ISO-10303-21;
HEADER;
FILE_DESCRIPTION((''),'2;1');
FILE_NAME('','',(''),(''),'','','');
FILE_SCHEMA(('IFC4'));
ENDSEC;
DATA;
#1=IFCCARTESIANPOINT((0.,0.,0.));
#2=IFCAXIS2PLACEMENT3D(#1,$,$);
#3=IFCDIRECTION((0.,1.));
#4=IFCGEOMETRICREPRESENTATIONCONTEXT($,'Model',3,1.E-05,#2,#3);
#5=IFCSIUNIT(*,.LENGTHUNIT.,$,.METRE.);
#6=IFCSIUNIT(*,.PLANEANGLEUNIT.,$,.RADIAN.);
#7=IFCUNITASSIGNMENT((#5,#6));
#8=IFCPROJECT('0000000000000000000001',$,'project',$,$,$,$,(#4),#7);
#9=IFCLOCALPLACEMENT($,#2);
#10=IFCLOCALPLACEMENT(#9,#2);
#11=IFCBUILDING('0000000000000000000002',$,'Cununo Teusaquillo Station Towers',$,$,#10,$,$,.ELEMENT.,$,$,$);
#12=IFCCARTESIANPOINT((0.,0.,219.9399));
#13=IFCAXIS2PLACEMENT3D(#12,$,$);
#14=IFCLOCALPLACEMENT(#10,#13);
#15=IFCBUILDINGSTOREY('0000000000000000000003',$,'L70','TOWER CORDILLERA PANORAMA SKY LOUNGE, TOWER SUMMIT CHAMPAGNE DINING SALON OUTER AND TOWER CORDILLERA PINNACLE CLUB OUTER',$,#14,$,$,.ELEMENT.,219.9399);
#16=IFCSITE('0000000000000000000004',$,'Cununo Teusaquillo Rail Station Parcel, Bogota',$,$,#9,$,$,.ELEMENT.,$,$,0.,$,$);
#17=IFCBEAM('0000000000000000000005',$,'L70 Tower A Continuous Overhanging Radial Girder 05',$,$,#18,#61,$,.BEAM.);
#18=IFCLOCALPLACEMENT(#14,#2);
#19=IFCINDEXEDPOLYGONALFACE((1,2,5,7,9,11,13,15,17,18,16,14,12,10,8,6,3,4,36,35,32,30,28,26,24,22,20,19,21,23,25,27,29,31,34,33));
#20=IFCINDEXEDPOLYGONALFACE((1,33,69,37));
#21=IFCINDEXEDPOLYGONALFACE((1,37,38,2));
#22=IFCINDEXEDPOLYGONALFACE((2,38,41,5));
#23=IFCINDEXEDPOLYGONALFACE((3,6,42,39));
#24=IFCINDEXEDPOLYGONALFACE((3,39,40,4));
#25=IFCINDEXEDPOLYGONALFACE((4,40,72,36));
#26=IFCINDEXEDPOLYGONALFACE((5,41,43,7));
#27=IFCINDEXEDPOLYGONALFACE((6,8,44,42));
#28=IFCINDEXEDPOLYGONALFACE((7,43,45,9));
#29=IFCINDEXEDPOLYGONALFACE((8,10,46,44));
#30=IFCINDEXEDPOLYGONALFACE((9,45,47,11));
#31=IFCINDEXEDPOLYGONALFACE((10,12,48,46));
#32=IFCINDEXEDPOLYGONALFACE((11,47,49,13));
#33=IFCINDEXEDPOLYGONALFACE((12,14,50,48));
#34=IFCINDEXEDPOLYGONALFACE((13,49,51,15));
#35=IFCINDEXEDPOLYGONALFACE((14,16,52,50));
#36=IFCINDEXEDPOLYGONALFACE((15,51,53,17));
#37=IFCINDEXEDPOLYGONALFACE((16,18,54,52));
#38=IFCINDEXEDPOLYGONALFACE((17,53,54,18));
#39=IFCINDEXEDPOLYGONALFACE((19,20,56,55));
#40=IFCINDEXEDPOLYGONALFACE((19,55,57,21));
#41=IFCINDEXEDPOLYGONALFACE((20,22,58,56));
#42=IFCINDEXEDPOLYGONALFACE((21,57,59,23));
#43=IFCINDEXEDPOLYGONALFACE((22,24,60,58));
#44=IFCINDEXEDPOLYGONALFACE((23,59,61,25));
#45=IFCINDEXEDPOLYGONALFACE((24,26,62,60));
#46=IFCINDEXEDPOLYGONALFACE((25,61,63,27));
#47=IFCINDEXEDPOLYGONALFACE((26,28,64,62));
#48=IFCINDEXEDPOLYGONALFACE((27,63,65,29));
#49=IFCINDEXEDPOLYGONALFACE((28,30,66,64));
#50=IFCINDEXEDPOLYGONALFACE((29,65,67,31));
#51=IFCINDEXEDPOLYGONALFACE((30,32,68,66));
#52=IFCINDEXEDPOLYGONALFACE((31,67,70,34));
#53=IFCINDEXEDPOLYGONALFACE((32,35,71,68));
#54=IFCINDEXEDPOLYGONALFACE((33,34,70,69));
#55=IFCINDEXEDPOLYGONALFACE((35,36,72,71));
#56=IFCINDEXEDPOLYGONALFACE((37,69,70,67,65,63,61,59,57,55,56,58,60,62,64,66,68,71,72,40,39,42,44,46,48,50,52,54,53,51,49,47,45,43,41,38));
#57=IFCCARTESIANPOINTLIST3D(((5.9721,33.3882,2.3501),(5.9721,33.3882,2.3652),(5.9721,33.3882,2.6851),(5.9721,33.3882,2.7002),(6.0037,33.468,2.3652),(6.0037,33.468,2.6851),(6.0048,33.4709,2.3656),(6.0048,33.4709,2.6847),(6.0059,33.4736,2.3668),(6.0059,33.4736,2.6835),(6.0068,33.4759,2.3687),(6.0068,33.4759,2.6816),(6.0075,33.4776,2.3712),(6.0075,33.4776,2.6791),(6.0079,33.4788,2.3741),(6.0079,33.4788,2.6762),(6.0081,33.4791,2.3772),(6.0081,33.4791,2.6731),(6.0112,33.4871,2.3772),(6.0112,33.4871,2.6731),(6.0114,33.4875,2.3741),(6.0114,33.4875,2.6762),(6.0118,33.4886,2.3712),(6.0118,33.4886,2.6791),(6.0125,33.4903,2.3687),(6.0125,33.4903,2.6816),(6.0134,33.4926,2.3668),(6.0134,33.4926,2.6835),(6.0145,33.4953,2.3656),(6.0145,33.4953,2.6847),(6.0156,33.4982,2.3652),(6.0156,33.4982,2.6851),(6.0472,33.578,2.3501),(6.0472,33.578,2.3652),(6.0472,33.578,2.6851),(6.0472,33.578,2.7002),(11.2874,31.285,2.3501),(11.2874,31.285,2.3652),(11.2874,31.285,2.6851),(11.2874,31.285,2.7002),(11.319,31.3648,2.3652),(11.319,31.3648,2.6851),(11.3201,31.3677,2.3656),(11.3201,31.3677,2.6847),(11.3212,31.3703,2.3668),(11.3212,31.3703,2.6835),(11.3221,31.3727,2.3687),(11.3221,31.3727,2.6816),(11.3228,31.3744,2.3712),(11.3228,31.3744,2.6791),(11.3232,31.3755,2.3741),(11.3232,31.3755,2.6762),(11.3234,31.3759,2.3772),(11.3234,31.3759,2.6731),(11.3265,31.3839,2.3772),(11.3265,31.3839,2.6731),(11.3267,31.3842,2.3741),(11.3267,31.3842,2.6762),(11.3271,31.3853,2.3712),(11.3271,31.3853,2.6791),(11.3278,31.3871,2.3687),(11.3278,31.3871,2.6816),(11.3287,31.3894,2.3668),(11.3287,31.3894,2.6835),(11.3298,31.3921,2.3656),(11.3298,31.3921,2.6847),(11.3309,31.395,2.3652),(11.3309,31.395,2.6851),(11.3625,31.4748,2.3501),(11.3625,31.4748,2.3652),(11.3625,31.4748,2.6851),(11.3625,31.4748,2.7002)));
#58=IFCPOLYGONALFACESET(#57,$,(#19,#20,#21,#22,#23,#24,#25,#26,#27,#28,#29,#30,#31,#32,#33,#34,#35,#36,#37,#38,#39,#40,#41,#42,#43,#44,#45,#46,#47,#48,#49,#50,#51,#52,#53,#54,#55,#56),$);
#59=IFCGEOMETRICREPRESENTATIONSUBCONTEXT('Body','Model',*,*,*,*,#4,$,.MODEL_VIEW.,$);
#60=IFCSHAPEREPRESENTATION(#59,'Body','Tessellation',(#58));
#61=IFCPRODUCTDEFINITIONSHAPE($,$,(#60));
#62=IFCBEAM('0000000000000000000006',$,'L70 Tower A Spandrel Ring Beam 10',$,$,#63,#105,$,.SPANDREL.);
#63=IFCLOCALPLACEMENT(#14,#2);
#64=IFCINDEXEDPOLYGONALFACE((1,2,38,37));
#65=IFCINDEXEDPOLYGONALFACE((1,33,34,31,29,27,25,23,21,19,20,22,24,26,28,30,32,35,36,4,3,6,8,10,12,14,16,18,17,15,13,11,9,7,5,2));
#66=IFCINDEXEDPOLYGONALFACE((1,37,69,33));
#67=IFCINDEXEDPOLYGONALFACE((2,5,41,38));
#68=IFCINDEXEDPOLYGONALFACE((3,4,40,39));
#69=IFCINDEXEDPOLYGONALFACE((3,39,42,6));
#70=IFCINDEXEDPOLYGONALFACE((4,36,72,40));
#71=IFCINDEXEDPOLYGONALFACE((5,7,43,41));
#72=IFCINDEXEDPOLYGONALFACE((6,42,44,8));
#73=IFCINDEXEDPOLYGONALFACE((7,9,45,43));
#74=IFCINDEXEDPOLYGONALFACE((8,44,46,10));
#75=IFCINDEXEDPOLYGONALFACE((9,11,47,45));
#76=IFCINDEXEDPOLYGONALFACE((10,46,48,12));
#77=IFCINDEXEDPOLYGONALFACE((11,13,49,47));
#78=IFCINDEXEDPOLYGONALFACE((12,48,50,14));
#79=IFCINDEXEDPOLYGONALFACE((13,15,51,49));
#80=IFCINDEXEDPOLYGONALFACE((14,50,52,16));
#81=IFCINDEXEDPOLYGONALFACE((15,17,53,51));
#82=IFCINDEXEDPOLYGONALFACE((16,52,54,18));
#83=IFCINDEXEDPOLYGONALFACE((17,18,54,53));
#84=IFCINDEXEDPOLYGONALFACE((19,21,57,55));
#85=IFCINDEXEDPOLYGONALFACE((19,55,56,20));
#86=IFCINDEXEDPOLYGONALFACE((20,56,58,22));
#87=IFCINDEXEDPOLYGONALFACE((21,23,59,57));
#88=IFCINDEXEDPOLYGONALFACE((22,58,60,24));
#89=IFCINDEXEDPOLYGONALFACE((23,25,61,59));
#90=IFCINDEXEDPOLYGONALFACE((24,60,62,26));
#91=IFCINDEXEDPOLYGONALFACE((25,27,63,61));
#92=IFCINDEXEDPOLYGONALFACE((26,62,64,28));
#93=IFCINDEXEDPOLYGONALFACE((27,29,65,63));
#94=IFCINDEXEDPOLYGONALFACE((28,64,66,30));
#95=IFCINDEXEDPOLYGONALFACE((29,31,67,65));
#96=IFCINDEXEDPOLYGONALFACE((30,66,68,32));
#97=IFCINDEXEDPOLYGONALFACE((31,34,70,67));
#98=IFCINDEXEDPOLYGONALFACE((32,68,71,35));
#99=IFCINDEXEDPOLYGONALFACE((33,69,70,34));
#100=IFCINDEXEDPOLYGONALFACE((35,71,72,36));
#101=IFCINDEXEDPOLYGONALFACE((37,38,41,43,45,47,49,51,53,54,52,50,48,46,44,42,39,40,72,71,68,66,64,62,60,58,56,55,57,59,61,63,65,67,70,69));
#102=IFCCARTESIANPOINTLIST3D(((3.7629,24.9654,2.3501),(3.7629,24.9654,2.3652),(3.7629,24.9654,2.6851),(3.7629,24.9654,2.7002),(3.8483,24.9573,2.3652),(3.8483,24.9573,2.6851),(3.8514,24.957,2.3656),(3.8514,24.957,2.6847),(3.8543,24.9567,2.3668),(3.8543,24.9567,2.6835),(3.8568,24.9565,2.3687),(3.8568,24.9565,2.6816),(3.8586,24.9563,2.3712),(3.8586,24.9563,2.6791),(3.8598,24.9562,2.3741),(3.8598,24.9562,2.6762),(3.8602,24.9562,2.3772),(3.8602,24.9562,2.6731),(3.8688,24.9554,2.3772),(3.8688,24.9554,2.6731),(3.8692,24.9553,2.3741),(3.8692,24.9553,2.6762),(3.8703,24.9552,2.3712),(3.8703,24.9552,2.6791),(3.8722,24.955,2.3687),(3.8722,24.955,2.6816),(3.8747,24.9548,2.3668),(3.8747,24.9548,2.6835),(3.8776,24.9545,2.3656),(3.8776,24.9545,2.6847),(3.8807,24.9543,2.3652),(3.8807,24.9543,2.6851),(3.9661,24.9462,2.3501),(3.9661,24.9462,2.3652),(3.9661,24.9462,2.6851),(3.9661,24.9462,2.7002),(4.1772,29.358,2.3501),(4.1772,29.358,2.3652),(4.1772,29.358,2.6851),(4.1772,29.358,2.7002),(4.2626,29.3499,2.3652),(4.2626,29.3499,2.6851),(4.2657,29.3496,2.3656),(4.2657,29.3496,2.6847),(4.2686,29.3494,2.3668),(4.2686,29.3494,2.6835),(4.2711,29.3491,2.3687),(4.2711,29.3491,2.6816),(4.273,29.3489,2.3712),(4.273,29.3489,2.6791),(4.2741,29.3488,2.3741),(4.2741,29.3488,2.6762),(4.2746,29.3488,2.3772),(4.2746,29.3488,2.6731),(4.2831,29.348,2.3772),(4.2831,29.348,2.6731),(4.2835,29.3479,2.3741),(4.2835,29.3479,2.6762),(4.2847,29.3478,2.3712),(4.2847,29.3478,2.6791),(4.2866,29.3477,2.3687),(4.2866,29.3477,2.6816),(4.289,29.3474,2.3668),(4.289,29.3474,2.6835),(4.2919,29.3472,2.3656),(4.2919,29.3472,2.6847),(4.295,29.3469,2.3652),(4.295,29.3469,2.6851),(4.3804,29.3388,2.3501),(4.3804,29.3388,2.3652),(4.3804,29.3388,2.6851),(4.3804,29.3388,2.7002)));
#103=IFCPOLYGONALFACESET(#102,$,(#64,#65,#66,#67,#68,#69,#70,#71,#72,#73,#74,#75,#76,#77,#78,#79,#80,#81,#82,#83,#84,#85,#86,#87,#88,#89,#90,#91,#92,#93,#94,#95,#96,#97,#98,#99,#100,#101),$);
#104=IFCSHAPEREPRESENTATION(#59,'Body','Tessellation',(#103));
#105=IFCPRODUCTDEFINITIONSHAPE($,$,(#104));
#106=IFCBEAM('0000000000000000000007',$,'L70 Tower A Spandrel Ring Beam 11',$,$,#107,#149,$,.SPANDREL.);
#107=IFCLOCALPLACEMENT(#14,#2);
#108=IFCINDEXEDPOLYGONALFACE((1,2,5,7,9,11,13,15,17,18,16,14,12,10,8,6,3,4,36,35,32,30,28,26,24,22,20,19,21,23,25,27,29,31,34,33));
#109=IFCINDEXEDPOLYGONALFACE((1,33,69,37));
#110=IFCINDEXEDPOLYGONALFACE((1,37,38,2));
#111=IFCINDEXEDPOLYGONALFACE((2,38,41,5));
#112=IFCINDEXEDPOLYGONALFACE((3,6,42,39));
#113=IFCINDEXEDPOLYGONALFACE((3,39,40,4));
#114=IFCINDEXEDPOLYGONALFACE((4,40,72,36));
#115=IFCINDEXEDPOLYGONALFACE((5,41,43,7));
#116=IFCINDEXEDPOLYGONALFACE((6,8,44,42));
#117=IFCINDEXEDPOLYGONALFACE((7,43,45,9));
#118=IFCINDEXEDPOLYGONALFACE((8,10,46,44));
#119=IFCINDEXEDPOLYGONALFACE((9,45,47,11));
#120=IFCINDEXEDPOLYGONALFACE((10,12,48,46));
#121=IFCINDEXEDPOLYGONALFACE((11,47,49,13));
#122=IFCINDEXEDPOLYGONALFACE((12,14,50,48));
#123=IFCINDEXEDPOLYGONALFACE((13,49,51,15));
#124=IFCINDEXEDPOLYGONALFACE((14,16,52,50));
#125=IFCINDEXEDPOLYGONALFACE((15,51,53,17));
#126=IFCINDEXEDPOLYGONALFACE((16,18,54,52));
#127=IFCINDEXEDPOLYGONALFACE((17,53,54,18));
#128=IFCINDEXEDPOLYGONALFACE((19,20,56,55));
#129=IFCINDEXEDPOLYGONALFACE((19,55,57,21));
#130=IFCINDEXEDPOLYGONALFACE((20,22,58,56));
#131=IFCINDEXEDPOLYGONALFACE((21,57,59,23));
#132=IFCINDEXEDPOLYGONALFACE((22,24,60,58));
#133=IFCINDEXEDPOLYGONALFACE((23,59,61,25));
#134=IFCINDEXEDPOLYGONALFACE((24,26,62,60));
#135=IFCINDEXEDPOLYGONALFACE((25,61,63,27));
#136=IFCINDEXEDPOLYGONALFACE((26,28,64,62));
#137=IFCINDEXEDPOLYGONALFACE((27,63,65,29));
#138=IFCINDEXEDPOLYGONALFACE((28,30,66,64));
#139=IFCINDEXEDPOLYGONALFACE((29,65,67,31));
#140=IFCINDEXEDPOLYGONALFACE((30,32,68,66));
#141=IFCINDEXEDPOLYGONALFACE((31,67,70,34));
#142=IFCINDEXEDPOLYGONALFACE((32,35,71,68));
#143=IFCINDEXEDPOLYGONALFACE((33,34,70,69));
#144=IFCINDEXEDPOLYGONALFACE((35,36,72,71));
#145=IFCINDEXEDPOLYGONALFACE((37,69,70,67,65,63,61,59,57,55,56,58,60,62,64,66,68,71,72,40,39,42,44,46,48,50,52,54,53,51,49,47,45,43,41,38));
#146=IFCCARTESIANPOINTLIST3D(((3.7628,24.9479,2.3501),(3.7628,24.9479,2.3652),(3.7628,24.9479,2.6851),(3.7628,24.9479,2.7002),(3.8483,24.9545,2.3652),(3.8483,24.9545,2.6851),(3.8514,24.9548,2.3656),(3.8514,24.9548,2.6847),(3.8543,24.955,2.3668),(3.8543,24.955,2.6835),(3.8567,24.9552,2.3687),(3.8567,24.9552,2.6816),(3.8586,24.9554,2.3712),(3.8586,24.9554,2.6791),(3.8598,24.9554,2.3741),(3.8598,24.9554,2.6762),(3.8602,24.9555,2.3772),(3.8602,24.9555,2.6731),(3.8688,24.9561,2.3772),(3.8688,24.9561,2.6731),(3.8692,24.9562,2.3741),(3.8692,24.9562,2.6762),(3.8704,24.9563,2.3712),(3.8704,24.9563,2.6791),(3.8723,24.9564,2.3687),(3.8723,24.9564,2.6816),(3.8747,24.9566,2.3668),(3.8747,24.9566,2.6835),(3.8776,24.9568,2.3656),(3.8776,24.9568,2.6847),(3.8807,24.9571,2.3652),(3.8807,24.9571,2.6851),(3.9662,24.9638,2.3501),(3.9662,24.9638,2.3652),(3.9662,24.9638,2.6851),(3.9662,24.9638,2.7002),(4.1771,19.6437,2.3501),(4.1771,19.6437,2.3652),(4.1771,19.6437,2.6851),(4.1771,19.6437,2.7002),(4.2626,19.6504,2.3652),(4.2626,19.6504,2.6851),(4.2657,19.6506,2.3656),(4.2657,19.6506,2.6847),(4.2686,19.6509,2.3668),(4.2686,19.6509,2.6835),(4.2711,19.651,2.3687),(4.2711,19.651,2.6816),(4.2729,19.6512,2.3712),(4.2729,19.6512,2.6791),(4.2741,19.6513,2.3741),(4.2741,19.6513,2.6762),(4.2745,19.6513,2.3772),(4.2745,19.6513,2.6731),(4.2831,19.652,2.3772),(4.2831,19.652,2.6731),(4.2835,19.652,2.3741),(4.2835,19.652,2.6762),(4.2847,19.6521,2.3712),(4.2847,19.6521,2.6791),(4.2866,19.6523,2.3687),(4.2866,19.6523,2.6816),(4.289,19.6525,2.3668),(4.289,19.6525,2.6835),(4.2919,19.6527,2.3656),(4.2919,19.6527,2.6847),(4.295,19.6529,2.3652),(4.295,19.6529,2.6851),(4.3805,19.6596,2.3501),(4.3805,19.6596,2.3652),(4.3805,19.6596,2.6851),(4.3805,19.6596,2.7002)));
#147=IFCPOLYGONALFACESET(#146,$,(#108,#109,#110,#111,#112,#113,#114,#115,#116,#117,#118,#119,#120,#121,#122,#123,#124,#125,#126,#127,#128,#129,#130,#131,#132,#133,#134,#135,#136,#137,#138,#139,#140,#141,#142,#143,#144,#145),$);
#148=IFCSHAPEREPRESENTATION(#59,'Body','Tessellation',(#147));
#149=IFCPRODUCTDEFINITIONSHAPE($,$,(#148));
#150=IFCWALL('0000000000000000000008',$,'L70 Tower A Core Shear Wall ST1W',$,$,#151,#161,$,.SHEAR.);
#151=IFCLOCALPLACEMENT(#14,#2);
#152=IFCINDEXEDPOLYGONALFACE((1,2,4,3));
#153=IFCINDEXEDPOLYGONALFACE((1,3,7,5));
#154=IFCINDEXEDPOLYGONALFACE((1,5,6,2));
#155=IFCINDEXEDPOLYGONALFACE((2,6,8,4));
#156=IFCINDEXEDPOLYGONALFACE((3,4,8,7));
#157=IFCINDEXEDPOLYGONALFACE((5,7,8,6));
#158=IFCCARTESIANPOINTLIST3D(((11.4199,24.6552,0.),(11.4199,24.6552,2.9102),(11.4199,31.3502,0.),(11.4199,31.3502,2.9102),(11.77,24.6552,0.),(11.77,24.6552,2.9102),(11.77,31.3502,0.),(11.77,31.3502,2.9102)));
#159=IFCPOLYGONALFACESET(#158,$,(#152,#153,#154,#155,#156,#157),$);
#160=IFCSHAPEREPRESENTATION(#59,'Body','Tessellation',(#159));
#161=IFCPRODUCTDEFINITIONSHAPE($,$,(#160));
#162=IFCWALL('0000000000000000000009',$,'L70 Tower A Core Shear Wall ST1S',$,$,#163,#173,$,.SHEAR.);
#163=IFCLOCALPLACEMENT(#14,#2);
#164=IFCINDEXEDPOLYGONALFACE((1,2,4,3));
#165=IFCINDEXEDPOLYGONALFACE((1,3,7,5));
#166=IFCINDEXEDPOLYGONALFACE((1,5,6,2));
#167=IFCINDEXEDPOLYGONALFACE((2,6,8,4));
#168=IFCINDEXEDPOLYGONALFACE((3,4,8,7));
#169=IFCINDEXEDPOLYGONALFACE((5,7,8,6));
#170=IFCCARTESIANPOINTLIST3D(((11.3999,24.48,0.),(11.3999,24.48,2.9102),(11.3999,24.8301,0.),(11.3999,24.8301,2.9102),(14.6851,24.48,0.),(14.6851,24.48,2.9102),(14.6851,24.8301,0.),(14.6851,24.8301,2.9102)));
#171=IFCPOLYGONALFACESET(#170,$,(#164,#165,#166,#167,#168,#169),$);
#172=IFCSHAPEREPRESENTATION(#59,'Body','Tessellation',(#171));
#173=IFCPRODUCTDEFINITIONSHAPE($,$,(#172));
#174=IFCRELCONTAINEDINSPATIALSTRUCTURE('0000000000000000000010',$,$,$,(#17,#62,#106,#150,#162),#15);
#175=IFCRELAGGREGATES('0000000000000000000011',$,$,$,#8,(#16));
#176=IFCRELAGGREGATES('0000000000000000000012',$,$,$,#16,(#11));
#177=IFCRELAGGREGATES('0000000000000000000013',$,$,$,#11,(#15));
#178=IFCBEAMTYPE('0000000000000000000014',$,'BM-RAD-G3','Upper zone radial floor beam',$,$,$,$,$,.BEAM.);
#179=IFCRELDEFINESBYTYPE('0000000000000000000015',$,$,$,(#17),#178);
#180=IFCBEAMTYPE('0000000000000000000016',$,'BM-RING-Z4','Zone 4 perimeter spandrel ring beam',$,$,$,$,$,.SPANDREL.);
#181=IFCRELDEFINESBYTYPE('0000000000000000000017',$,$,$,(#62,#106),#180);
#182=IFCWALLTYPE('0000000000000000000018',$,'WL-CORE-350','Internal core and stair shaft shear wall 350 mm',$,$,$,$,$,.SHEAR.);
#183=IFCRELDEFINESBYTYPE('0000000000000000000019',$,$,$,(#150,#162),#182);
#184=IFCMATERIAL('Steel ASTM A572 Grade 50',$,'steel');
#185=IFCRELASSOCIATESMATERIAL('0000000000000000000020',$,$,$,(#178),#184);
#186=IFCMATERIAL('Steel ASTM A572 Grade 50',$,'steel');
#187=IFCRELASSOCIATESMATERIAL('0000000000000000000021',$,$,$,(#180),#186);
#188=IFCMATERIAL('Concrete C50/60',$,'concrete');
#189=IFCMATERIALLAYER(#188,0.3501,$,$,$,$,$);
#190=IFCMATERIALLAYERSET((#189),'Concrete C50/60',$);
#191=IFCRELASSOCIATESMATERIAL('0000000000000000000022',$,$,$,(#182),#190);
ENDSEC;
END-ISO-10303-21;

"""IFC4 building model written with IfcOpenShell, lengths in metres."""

from ifc_helpers import new_model, si_unit, direction, frame, frame_2d, origin, origin_2d, place, context, subcontext, project, spatial, rectangle, i_section, extrude, material, layer, layer_set, material_profile, profile_set, type_object, element, save


model = new_model("IFC4")

# Units and contexts
model_context = context("Model", 3, precision=1e-05, world=origin(), true_north=direction((0.0, 1.0)))
body_context = subcontext(model_context, "Body", "Model", "MODEL_VIEW")
ifc_project = project(units=[si_unit("LENGTHUNIT", "METRE"), si_unit("PLANEANGLEUNIT", "RADIAN")], contexts=[model_context])

# Site, building, storey
site_placement = place(None, origin())
site = spatial("IfcSite", under=ifc_project, at=site_placement, Name="Cununo Teusaquillo Rail Station Parcel, Bogota", CompositionType="ELEMENT", RefElevation=0.0)
building_placement = place(site_placement, origin())
building = spatial("IfcBuilding", under=site, at=building_placement, Name="Cununo Teusaquillo Station Towers", CompositionType="ELEMENT")
storey_placement = place(building_placement, frame((0.0, 0.0, 219.9399)))
storey = spatial("IfcBuildingStorey", under=building, at=storey_placement, Name="L70", Description="TOWER CORDILLERA PANORAMA SKY LOUNGE, TOWER SUMMIT CHAMPAGNE DINING SALON OUTER AND TOWER CORDILLERA PINNACLE CLUB OUTER", CompositionType="ELEMENT", Elevation=219.9399)

# Beams
ifc_material_1 = material(Name="Steel ASTM A572 Grade 50", Category="steel")
ifc_material_profile_1 = material_profile(ifc_material_1, i_section(OverallWidth=0.2041, OverallDepth=0.3501, WebThickness=0.0085, FlangeThickness=0.0151, FilletRadius=0.012, at=origin_2d()), Name="W14X48")
ifc_profile_set_1 = profile_set([ifc_material_profile_1], Name="Steel ASTM A572 Grade 50")
beam_type_1 = type_object("IfcBeamType", Name="BM-RAD-G3", Description="Upper zone radial floor beam", PredefinedType="BEAM", material=ifc_profile_set_1)
beam_1_placement = place(storey_placement, frame((11.325, 31.3799, 2.5251), z_axis=(-0.929852, 0.367935, 0.0), x_axis=(-0.367935, -0.929852, 0.0)))
element("IfcBeam", 1, at=beam_1_placement, inside=storey, type_object=beam_type_1, Name="L70 Tower A Continuous Overhanging Radial Girder 05", PredefinedType="BEAM", context=body_context, shape_type="SweptSolid", body=[
    extrude(i_section(OverallWidth=0.2041, OverallDepth=0.3501, WebThickness=0.0085, FlangeThickness=0.0151, FilletRadius=0.012, at=origin_2d()), origin(), (0.0, 0.0, 1.0), 5.7163),
])
ifc_material_2 = material(Name="Steel ASTM A572 Grade 50", Category="steel")
ifc_material_profile_2 = material_profile(ifc_material_2, i_section(OverallWidth=0.2041, OverallDepth=0.3501, WebThickness=0.0085, FlangeThickness=0.0151, FilletRadius=0.012, at=origin_2d()), Name="W14X48")
ifc_profile_set_2 = profile_set([ifc_material_profile_2], Name="Steel ASTM A572 Grade 50")
beam_type_2 = type_object("IfcBeamType", Name="BM-RING-Z4", Description="Zone 4 perimeter spandrel ring beam", PredefinedType="SPANDREL", material=ifc_profile_set_2)
beam_2_placement = place(storey_placement, frame((4.2788, 29.3484, 2.5251), z_axis=(-0.093903, -0.995581, 0.0), x_axis=(0.995581, -0.093903, 0.0)))
element("IfcBeam", 2, at=beam_2_placement, inside=storey, type_object=beam_type_2, Name="L70 Tower A Spandrel Ring Beam 10", PredefinedType="SPANDREL", context=body_context, shape_type="SweptSolid", body=[
    extrude(i_section(OverallWidth=0.2041, OverallDepth=0.3501, WebThickness=0.0085, FlangeThickness=0.0151, FilletRadius=0.012, at=origin_2d()), origin(), (0.0, 0.0, 1.0), 4.4121),
])
beam_3_placement = place(storey_placement, frame((3.8645, 24.9558, 2.5251), z_axis=(0.077872, -0.996963, 0.0), x_axis=(0.996963, 0.077872, 0.0)))
element("IfcBeam", 3, at=beam_3_placement, inside=storey, type_object=beam_type_2, Name="L70 Tower A Spandrel Ring Beam 11", PredefinedType="SPANDREL", context=body_context, shape_type="SweptSolid", body=[
    extrude(i_section(OverallWidth=0.2041, OverallDepth=0.3501, WebThickness=0.0085, FlangeThickness=0.0151, FilletRadius=0.012, at=origin_2d()), origin(), (0.0, 0.0, 1.0), 5.3203),
])

# Walls
ifc_material_3 = material(Name="Concrete C50/60", Category="concrete")
ifc_layer_1 = layer(ifc_material_3, 0.3501)
ifc_layer_set_1 = layer_set([ifc_layer_1], Name="Concrete C50/60")
wall_type_1 = type_object("IfcWallType", Name="WL-CORE-350", Description="Internal core and stair shaft shear wall 350 mm", PredefinedType="SHEAR", material=ifc_layer_set_1)
wall_1_placement = place(storey_placement, frame((11.595, 24.655, 0.0), z_axis=(0.0, 0.0, 1.0), x_axis=(0.0, 1.0, 0.0)))
element("IfcWall", 4, at=wall_1_placement, inside=storey, type_object=wall_type_1, Name="L70 Tower A Core Shear Wall ST1W", PredefinedType="SHEAR", context=body_context, shape_type="SweptSolid", body=[
    extrude(rectangle(XDim=6.6951, YDim=0.3501, at=frame_2d((3.3477, 0.0))), origin(), (0.0, 0.0, 1.0), 2.9102),
])
wall_2_placement = place(storey_placement, frame((11.3999, 24.655, 0.0), z_axis=(0.0, 0.0, 1.0), x_axis=(1.0, 0.0, 0.0)))
element("IfcWall", 5, at=wall_2_placement, inside=storey, type_object=wall_type_1, Name="L70 Tower A Core Shear Wall ST1S", PredefinedType="SHEAR", context=body_context, shape_type="SweptSolid", body=[
    extrude(rectangle(XDim=3.2852, YDim=0.3501, at=frame_2d((1.6426, 0.0))), origin(), (0.0, 0.0, 1.0), 2.9102),
])

save(model, "model.ifc")
